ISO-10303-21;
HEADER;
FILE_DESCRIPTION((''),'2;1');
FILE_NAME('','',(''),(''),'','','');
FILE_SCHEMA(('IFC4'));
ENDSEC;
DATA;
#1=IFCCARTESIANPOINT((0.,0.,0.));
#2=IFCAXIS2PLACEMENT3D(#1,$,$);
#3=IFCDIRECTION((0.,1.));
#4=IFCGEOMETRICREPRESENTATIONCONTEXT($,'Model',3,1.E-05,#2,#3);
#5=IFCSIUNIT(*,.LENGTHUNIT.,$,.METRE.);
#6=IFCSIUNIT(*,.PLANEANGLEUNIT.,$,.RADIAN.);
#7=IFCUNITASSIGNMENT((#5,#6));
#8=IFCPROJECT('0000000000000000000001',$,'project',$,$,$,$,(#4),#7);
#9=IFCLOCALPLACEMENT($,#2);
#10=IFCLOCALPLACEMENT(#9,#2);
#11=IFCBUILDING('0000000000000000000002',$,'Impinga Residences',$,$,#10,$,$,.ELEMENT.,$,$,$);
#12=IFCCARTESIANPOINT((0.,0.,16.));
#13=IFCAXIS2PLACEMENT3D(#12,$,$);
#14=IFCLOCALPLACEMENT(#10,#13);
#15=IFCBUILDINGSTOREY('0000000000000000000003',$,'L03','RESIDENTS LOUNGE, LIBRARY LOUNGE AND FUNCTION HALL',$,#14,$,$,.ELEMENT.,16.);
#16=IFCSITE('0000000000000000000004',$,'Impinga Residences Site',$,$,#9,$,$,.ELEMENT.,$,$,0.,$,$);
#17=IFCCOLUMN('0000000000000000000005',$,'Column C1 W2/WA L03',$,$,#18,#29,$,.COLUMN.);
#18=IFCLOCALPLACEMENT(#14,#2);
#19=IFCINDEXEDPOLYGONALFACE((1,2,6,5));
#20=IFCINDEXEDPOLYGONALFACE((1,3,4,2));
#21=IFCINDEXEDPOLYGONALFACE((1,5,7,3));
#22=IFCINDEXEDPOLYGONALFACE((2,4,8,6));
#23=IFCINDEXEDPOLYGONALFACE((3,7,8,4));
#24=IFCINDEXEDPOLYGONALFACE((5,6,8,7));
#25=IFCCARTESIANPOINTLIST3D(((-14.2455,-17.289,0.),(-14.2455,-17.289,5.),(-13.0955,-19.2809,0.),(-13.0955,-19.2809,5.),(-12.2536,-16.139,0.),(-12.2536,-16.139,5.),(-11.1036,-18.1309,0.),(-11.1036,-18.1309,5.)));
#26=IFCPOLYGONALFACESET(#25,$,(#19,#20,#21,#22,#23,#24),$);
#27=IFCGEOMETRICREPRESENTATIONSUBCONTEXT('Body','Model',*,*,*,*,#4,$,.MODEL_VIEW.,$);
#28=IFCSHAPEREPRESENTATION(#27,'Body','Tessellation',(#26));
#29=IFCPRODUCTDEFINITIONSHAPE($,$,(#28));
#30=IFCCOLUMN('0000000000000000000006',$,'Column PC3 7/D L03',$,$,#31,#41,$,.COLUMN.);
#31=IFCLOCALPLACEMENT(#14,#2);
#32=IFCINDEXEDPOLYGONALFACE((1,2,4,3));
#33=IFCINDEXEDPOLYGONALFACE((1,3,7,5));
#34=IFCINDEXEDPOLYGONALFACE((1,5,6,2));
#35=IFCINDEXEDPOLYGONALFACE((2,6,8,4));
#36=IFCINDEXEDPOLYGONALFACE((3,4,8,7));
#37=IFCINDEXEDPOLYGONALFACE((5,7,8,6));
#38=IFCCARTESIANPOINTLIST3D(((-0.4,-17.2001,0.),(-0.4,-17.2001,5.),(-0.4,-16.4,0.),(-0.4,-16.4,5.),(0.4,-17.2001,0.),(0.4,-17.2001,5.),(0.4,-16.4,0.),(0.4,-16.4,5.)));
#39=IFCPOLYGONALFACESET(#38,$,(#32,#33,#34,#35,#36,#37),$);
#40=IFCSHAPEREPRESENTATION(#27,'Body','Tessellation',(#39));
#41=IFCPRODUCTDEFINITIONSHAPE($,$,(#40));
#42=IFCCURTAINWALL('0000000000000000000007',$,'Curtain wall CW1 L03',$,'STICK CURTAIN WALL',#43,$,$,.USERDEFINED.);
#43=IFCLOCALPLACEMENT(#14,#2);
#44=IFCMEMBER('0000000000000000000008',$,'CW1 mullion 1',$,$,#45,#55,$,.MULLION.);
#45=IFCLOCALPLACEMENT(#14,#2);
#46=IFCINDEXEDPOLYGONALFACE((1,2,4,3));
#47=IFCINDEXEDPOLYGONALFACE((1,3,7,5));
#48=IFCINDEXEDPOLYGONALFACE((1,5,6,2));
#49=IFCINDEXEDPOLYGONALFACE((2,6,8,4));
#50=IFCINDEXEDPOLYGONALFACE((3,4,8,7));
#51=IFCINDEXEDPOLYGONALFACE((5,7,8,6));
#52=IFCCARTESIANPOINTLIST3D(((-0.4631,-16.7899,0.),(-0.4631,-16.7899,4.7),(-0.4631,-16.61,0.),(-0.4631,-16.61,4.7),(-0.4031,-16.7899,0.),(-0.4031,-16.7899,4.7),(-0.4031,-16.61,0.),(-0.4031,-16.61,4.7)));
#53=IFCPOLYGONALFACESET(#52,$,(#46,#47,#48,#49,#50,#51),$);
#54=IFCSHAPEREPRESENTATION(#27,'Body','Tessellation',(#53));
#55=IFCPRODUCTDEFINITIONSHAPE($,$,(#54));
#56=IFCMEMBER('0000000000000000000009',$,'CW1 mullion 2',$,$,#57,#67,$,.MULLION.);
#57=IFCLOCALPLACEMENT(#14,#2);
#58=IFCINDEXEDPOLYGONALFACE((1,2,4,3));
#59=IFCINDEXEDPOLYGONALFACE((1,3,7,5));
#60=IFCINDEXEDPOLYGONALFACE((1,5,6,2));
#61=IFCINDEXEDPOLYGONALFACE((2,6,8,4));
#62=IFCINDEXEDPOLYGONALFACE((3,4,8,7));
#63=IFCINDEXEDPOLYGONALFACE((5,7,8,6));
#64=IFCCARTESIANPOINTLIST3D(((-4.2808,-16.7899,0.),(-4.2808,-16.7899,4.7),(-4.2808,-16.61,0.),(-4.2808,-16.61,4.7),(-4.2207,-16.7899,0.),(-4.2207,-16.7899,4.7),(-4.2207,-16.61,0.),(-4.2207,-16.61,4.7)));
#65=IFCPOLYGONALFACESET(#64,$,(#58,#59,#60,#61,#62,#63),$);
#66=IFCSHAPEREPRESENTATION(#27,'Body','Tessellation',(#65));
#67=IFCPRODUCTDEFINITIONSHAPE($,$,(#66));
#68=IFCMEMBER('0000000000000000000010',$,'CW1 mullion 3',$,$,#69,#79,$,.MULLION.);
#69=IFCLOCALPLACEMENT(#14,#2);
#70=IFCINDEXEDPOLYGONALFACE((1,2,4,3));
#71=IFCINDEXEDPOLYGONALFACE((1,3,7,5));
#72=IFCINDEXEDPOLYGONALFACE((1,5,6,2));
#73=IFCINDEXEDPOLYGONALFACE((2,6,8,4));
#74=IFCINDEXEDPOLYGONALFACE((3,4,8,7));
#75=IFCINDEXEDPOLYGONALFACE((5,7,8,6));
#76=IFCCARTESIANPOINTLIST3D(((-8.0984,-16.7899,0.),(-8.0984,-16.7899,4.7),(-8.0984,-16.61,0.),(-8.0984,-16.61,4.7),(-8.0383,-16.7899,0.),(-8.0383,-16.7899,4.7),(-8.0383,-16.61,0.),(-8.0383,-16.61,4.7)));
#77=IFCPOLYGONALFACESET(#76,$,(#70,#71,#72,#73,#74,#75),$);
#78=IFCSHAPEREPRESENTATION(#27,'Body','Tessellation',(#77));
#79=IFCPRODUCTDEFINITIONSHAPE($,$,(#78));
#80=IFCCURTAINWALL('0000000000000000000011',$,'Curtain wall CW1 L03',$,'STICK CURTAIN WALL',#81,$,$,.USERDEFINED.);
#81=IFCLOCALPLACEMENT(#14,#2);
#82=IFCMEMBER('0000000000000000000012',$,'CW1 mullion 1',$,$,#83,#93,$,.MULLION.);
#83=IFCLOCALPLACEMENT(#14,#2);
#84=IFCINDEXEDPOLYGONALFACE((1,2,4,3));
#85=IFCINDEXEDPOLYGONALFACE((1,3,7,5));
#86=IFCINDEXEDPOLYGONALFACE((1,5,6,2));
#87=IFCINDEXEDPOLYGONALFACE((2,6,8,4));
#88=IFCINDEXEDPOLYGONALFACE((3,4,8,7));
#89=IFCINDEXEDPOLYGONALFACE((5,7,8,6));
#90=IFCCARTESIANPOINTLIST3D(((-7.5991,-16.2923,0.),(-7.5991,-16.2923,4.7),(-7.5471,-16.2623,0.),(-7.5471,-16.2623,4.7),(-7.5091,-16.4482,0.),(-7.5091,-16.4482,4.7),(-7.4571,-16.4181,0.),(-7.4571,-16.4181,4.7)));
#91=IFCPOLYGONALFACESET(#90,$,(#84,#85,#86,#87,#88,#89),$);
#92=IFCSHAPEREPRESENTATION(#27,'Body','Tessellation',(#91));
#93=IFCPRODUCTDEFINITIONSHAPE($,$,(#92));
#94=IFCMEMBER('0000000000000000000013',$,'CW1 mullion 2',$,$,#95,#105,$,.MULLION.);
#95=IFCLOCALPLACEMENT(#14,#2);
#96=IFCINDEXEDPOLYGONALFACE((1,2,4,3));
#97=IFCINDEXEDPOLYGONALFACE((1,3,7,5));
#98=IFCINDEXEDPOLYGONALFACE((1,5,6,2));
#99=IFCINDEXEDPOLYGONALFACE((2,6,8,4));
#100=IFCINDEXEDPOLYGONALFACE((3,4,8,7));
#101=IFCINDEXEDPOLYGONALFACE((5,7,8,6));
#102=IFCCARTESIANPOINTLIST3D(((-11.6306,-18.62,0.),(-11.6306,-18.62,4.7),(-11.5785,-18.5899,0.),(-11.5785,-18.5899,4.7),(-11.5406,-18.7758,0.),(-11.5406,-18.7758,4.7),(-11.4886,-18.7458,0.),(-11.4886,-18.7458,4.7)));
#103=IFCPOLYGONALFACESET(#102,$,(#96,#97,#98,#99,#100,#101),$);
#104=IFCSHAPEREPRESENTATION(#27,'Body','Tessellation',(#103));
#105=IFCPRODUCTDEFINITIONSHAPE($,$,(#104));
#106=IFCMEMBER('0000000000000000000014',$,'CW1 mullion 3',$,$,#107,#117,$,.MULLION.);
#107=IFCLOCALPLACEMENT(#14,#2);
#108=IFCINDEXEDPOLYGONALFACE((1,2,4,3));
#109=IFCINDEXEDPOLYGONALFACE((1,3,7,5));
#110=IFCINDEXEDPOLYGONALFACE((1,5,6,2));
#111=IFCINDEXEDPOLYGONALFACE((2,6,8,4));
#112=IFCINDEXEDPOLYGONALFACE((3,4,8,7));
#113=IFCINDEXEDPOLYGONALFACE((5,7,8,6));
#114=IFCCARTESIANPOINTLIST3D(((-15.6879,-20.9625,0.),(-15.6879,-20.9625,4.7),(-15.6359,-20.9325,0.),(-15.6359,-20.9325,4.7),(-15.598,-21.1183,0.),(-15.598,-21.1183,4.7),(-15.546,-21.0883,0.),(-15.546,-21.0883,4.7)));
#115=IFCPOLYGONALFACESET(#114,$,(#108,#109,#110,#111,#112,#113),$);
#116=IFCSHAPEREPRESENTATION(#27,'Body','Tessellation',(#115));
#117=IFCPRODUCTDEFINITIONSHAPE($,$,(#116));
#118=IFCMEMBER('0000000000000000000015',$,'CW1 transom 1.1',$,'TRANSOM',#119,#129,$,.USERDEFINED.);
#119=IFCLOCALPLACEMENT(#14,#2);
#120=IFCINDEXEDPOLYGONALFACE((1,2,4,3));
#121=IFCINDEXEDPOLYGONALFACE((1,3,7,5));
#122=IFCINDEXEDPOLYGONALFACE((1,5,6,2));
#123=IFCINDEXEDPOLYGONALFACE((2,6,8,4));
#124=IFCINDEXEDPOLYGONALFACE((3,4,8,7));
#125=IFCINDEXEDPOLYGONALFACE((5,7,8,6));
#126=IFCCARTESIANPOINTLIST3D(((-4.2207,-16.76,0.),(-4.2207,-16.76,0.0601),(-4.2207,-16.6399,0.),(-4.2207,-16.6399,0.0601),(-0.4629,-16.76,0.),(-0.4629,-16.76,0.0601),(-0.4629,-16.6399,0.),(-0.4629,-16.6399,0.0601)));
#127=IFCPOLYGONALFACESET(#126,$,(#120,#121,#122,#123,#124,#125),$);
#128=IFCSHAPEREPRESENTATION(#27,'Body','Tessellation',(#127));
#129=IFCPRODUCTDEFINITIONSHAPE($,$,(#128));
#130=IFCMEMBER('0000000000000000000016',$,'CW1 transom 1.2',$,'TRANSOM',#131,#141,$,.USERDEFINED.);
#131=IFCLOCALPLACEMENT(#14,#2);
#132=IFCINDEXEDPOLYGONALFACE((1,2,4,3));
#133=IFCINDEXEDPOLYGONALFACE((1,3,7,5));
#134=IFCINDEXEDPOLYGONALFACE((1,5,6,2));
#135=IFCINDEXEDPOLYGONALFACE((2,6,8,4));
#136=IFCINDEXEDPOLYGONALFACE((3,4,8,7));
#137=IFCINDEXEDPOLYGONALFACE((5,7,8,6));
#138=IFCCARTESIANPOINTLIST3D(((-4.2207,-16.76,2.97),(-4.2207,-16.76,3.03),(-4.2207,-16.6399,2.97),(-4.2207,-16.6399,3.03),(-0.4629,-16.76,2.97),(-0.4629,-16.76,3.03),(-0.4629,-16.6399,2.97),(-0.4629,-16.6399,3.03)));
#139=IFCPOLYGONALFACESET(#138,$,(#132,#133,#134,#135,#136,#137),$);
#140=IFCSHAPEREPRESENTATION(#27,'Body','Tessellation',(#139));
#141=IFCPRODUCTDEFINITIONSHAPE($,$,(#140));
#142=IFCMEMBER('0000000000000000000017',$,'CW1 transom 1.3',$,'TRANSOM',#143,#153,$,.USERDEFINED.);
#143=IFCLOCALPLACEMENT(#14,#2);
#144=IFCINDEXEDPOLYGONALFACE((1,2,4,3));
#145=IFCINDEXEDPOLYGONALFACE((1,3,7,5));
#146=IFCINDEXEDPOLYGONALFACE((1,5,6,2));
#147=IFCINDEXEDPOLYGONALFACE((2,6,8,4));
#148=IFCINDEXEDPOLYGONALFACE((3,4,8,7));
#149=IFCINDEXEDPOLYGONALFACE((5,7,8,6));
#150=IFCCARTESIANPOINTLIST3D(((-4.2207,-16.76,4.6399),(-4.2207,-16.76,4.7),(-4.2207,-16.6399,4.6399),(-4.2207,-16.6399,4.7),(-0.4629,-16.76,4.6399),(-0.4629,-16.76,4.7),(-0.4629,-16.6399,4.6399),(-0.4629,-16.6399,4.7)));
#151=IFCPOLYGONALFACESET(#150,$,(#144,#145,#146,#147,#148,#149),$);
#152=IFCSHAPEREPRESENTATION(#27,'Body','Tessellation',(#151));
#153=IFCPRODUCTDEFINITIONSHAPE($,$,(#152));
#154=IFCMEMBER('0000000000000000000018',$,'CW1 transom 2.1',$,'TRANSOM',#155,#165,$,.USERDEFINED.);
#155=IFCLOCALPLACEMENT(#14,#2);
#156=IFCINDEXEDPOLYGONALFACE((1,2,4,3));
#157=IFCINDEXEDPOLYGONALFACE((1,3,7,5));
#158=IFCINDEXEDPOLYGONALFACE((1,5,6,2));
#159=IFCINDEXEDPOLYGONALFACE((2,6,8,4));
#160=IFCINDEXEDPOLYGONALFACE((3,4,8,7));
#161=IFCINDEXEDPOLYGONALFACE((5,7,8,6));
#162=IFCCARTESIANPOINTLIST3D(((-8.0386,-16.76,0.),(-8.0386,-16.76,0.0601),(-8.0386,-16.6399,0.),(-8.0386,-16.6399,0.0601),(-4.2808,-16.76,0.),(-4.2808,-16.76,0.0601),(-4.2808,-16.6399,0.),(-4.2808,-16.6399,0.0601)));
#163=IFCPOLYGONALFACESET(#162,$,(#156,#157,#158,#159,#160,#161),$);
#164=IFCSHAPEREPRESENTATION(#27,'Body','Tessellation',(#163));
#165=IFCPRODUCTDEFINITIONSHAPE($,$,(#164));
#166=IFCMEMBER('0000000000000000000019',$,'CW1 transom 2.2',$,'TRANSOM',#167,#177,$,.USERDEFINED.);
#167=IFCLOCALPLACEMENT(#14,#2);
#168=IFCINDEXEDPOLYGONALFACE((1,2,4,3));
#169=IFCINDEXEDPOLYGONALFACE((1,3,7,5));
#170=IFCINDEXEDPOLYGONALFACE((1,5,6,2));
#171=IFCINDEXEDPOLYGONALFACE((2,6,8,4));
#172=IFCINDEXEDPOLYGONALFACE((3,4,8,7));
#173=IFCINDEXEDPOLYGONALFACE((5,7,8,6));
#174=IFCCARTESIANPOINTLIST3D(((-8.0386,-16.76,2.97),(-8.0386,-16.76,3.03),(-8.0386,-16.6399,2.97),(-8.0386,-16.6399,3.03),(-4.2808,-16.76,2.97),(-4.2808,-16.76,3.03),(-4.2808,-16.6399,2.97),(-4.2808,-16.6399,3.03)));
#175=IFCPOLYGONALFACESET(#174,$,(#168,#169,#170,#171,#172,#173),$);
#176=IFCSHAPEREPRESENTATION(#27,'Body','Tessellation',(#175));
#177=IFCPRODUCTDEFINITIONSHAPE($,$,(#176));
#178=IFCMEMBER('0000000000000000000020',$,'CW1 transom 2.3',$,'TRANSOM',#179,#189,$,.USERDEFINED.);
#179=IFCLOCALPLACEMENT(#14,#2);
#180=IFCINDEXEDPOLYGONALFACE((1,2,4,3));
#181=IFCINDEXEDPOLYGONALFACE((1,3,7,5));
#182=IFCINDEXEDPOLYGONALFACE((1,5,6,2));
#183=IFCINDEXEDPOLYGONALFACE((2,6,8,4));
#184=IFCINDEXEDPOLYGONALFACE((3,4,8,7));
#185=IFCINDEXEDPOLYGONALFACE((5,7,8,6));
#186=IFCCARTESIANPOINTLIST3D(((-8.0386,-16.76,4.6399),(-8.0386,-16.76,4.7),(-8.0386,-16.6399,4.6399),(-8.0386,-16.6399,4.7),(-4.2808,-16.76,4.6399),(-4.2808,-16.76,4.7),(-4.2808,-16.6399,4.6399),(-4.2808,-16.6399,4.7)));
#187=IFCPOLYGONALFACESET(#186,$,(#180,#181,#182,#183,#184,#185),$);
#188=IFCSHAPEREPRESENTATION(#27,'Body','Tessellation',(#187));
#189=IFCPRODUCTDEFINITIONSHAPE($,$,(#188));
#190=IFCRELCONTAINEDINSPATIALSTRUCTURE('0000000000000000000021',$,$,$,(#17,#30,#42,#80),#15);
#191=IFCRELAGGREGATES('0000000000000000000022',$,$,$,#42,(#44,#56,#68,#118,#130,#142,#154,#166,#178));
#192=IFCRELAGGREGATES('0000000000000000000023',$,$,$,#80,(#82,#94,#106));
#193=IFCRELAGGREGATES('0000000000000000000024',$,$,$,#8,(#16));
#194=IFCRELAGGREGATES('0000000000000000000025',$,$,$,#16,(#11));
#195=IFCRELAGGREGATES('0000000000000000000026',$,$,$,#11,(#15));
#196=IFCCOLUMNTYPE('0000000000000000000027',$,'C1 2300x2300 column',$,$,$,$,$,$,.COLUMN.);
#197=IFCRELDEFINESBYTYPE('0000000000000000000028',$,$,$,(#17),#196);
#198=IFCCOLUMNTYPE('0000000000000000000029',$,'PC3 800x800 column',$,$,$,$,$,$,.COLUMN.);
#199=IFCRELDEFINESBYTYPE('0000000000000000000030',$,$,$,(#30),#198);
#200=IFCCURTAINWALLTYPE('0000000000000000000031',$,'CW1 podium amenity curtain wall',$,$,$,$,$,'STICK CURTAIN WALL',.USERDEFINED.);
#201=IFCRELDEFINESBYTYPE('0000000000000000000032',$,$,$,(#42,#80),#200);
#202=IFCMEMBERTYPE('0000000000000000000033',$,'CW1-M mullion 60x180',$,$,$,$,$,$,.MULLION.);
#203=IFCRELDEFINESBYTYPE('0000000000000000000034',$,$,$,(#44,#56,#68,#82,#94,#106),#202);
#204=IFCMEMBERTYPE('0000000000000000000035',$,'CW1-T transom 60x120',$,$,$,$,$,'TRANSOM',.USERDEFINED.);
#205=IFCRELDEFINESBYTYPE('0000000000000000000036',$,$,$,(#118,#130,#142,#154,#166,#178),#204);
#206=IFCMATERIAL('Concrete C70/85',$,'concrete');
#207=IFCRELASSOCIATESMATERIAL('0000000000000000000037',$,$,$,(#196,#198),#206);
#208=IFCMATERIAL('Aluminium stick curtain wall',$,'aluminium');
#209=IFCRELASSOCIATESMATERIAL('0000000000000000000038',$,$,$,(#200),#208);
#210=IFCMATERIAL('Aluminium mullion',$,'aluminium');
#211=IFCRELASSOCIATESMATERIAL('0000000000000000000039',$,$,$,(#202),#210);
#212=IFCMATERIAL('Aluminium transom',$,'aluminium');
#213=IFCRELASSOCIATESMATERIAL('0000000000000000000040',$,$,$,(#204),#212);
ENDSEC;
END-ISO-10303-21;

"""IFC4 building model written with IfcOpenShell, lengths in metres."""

from ifc_helpers import new_model, si_unit, direction, frame, origin, origin_2d, place, context, subcontext, project, spatial, rectangle, extrude, material, material_profile, profile_set, type_object, element, aggregate, save


model = new_model("IFC4")

# Units and contexts
model_context = context("Model", 3, precision=1e-05, world=origin(), true_north=direction((0.0, 1.0)))
body_context = subcontext(model_context, "Body", "Model", "MODEL_VIEW")
ifc_project = project(units=[si_unit("LENGTHUNIT", "METRE"), si_unit("PLANEANGLEUNIT", "RADIAN")], contexts=[model_context])

# Site, building, storey
site_placement = place(None, origin())
site = spatial("IfcSite", under=ifc_project, at=site_placement, Name="Impinga Residences Site", CompositionType="ELEMENT", RefElevation=0.0)
building_placement = place(site_placement, origin())
building = spatial("IfcBuilding", under=site, at=building_placement, Name="Impinga Residences", CompositionType="ELEMENT")
storey_placement = place(building_placement, frame((0.0, 0.0, 16.0)))
storey = spatial("IfcBuildingStorey", under=building, at=storey_placement, Name="L03", Description="RESIDENTS LOUNGE, LIBRARY LOUNGE AND FUNCTION HALL", CompositionType="ELEMENT", Elevation=16.0)

# Columns
ifc_material_1 = material(Name="Concrete C70/85", Category="concrete")
ifc_material_profile_1 = material_profile(ifc_material_1, rectangle(XDim=2.3, YDim=2.3, at=origin_2d()), Name="RC 2300x2300")
ifc_profile_set_1 = profile_set([ifc_material_profile_1], Name="Concrete C70/85")
column_type_1 = type_object("IfcColumnType", Name="C1 2300x2300 column", PredefinedType="COLUMN", material=ifc_profile_set_1)
column_1_placement = place(storey_placement, frame((-12.6746, -17.71, 0.0), z_axis=(0.0, 0.0, 1.0), x_axis=(-0.5, 0.866025, 0.0)))
element("IfcColumn", 1, at=column_1_placement, inside=storey, type_object=column_type_1, Name="Column C1 W2/WA L03", PredefinedType="COLUMN", context=body_context, shape_type="SweptSolid", body=[
    extrude(rectangle(XDim=2.3, YDim=2.3, at=origin_2d()), origin(), (0.0, 0.0, 1.0), 5.0),
])
ifc_material_profile_2 = material_profile(ifc_material_1, rectangle(XDim=0.8, YDim=0.8, at=origin_2d()), Name="RC 800x800")
ifc_profile_set_2 = profile_set([ifc_material_profile_2], Name="Concrete C70/85")
column_type_2 = type_object("IfcColumnType", Name="PC3 800x800 column", PredefinedType="COLUMN", material=ifc_profile_set_2)
column_2_placement = place(storey_placement, frame((0.0, -16.8, 0.0), z_axis=(0.0, 0.0, 1.0), x_axis=(1.0, 0.0, 0.0)))
element("IfcColumn", 2, at=column_2_placement, inside=storey, type_object=column_type_2, Name="Column PC3 7/D L03", PredefinedType="COLUMN", context=body_context, shape_type="SweptSolid", body=[
    extrude(rectangle(XDim=0.8, YDim=0.8, at=origin_2d()), origin(), (0.0, 0.0, 1.0), 5.0),
])

# Curtain walls, members
ifc_material_2 = material(Name="Aluminium stick curtain wall", Category="aluminium")
curtain_wall_type = type_object("IfcCurtainWallType", Name="CW1 podium amenity curtain wall", ElementType="STICK CURTAIN WALL", PredefinedType="USERDEFINED", material=ifc_material_2)
curtain_wall_1_placement = place(storey_placement, origin())
curtain_wall_1 = element("IfcCurtainWall", 3, at=curtain_wall_1_placement, inside=storey, type_object=curtain_wall_type, Name="Curtain wall CW1 L03", ObjectType="STICK CURTAIN WALL", PredefinedType="USERDEFINED")
ifc_material_3 = material(Name="Aluminium mullion", Category="aluminium")
ifc_material_profile_3 = material_profile(ifc_material_3, rectangle(XDim=0.0601, YDim=0.1799, at=origin_2d()), Name="60x180 mullion")
ifc_profile_set_3 = profile_set([ifc_material_profile_3], Name="Aluminium mullion")
member_type_1 = type_object("IfcMemberType", Name="CW1-M mullion 60x180", PredefinedType="MULLION", material=ifc_profile_set_3)
member_1_placement = place(storey_placement, frame((-0.4331, -16.7, 0.0), z_axis=(0.0, 0.0, 1.0), x_axis=(-1.0, 0.0, 0.0)))
member_1 = element("IfcMember", 4, at=member_1_placement, type_object=member_type_1, Name="CW1 mullion 1", PredefinedType="MULLION", context=body_context, shape_type="SweptSolid", body=[
    extrude(rectangle(XDim=0.0601, YDim=0.1799, at=origin_2d()), origin(), (0.0, 0.0, 1.0), 4.7),
])
member_2_placement = place(storey_placement, frame((-4.2507, -16.7, 0.0), z_axis=(0.0, 0.0, 1.0), x_axis=(-1.0, 0.0, 0.0)))
member_2 = element("IfcMember", 5, at=member_2_placement, type_object=member_type_1, Name="CW1 mullion 2", PredefinedType="MULLION", context=body_context, shape_type="SweptSolid", body=[
    extrude(rectangle(XDim=0.0601, YDim=0.1799, at=origin_2d()), origin(), (0.0, 0.0, 1.0), 4.7),
])
member_3_placement = place(storey_placement, frame((-8.0684, -16.7, 0.0), z_axis=(0.0, 0.0, 1.0), x_axis=(-1.0, 0.0, 0.0)))
member_3 = element("IfcMember", 6, at=member_3_placement, type_object=member_type_1, Name="CW1 mullion 3", PredefinedType="MULLION", context=body_context, shape_type="SweptSolid", body=[
    extrude(rectangle(XDim=0.0601, YDim=0.1799, at=origin_2d()), origin(), (0.0, 0.0, 1.0), 4.7),
])
curtain_wall_2_placement = place(storey_placement, origin())
curtain_wall_2 = element("IfcCurtainWall", 7, at=curtain_wall_2_placement, inside=storey, type_object=curtain_wall_type, Name="Curtain wall CW1 L03", ObjectType="STICK CURTAIN WALL", PredefinedType="USERDEFINED")
member_4_placement = place(storey_placement, frame((-7.5281, -16.3552, 0.0), z_axis=(0.0, 0.0, 1.0), x_axis=(-0.866025, -0.5, 0.0)))
member_4 = element("IfcMember", 8, at=member_4_placement, type_object=member_type_1, Name="CW1 mullion 1", PredefinedType="MULLION", context=body_context, shape_type="SweptSolid", body=[
    extrude(rectangle(XDim=0.0601, YDim=0.1799, at=origin_2d()), origin(), (0.0, 0.0, 1.0), 4.7),
])
member_5_placement = place(storey_placement, frame((-11.5596, -18.6829, 0.0), z_axis=(0.0, 0.0, 1.0), x_axis=(-0.866025, -0.5, 0.0)))
member_5 = element("IfcMember", 9, at=member_5_placement, type_object=member_type_1, Name="CW1 mullion 2", PredefinedType="MULLION", context=body_context, shape_type="SweptSolid", body=[
    extrude(rectangle(XDim=0.0601, YDim=0.1799, at=origin_2d()), origin(), (0.0, 0.0, 1.0), 4.7),
])
member_6_placement = place(storey_placement, frame((-15.6169, -21.0254, 0.0), z_axis=(0.0, 0.0, 1.0), x_axis=(-0.866025, -0.5, 0.0)))
member_6 = element("IfcMember", 10, at=member_6_placement, type_object=member_type_1, Name="CW1 mullion 3", PredefinedType="MULLION", context=body_context, shape_type="SweptSolid", body=[
    extrude(rectangle(XDim=0.0601, YDim=0.1799, at=origin_2d()), origin(), (0.0, 0.0, 1.0), 4.7),
])

# Members
ifc_material_4 = material(Name="Aluminium transom", Category="aluminium")
ifc_material_profile_4 = material_profile(ifc_material_4, rectangle(XDim=0.0601, YDim=0.1201, at=origin_2d()), Name="60x120 transom")
ifc_profile_set_4 = profile_set([ifc_material_profile_4], Name="Aluminium transom")
member_type_2 = type_object("IfcMemberType", Name="CW1-T transom 60x120", ElementType="TRANSOM", PredefinedType="USERDEFINED", material=ifc_profile_set_4)
member_7_placement = place(storey_placement, frame((-0.4629, -16.7, 0.03), z_axis=(-1.0, 0.0, 0.0), x_axis=(0.0, 0.0, 1.0)))
member_7 = element("IfcMember", 11, at=member_7_placement, type_object=member_type_2, Name="CW1 transom 1.1", ObjectType="TRANSOM", PredefinedType="USERDEFINED", context=body_context, shape_type="SweptSolid", body=[
    extrude(rectangle(XDim=0.0601, YDim=0.1201, at=origin_2d()), origin(), (0.0, 0.0, 1.0), 3.7578),
])
member_8_placement = place(storey_placement, frame((-0.4629, -16.7, 3.0), z_axis=(-1.0, 0.0, 0.0), x_axis=(0.0, 0.0, 1.0)))
member_8 = element("IfcMember", 12, at=member_8_placement, type_object=member_type_2, Name="CW1 transom 1.2", ObjectType="TRANSOM", PredefinedType="USERDEFINED", context=body_context, shape_type="SweptSolid", body=[
    extrude(rectangle(XDim=0.0601, YDim=0.1201, at=origin_2d()), origin(), (0.0, 0.0, 1.0), 3.7578),
])
member_9_placement = place(storey_placement, frame((-0.4629, -16.7, 4.6699), z_axis=(-1.0, 0.0, 0.0), x_axis=(0.0, 0.0, 1.0)))
member_9 = element("IfcMember", 13, at=member_9_placement, type_object=member_type_2, Name="CW1 transom 1.3", ObjectType="TRANSOM", PredefinedType="USERDEFINED", context=body_context, shape_type="SweptSolid", body=[
    extrude(rectangle(XDim=0.0601, YDim=0.1201, at=origin_2d()), origin(), (0.0, 0.0, 1.0), 3.7578),
])
member_10_placement = place(storey_placement, frame((-4.2808, -16.7, 0.03), z_axis=(-1.0, 0.0, 0.0), x_axis=(0.0, 0.0, 1.0)))
member_10 = element("IfcMember", 14, at=member_10_placement, type_object=member_type_2, Name="CW1 transom 2.1", ObjectType="TRANSOM", PredefinedType="USERDEFINED", context=body_context, shape_type="SweptSolid", body=[
    extrude(rectangle(XDim=0.0601, YDim=0.1201, at=origin_2d()), origin(), (0.0, 0.0, 1.0), 3.7578),
])
member_11_placement = place(storey_placement, frame((-4.2808, -16.7, 3.0), z_axis=(-1.0, 0.0, 0.0), x_axis=(0.0, 0.0, 1.0)))
member_11 = element("IfcMember", 15, at=member_11_placement, type_object=member_type_2, Name="CW1 transom 2.2", ObjectType="TRANSOM", PredefinedType="USERDEFINED", context=body_context, shape_type="SweptSolid", body=[
    extrude(rectangle(XDim=0.0601, YDim=0.1201, at=origin_2d()), origin(), (0.0, 0.0, 1.0), 3.7578),
])
member_12_placement = place(storey_placement, frame((-4.2808, -16.7, 4.6699), z_axis=(-1.0, 0.0, 0.0), x_axis=(0.0, 0.0, 1.0)))
member_12 = element("IfcMember", 16, at=member_12_placement, type_object=member_type_2, Name="CW1 transom 2.3", ObjectType="TRANSOM", PredefinedType="USERDEFINED", context=body_context, shape_type="SweptSolid", body=[
    extrude(rectangle(XDim=0.0601, YDim=0.1201, at=origin_2d()), origin(), (0.0, 0.0, 1.0), 3.7578),
])

aggregate(curtain_wall_1, [member_1, member_2, member_3, member_7, member_8, member_9, member_10, member_11, member_12])
aggregate(curtain_wall_2, [member_4, member_5, member_6])

save(model, "model.ifc")
